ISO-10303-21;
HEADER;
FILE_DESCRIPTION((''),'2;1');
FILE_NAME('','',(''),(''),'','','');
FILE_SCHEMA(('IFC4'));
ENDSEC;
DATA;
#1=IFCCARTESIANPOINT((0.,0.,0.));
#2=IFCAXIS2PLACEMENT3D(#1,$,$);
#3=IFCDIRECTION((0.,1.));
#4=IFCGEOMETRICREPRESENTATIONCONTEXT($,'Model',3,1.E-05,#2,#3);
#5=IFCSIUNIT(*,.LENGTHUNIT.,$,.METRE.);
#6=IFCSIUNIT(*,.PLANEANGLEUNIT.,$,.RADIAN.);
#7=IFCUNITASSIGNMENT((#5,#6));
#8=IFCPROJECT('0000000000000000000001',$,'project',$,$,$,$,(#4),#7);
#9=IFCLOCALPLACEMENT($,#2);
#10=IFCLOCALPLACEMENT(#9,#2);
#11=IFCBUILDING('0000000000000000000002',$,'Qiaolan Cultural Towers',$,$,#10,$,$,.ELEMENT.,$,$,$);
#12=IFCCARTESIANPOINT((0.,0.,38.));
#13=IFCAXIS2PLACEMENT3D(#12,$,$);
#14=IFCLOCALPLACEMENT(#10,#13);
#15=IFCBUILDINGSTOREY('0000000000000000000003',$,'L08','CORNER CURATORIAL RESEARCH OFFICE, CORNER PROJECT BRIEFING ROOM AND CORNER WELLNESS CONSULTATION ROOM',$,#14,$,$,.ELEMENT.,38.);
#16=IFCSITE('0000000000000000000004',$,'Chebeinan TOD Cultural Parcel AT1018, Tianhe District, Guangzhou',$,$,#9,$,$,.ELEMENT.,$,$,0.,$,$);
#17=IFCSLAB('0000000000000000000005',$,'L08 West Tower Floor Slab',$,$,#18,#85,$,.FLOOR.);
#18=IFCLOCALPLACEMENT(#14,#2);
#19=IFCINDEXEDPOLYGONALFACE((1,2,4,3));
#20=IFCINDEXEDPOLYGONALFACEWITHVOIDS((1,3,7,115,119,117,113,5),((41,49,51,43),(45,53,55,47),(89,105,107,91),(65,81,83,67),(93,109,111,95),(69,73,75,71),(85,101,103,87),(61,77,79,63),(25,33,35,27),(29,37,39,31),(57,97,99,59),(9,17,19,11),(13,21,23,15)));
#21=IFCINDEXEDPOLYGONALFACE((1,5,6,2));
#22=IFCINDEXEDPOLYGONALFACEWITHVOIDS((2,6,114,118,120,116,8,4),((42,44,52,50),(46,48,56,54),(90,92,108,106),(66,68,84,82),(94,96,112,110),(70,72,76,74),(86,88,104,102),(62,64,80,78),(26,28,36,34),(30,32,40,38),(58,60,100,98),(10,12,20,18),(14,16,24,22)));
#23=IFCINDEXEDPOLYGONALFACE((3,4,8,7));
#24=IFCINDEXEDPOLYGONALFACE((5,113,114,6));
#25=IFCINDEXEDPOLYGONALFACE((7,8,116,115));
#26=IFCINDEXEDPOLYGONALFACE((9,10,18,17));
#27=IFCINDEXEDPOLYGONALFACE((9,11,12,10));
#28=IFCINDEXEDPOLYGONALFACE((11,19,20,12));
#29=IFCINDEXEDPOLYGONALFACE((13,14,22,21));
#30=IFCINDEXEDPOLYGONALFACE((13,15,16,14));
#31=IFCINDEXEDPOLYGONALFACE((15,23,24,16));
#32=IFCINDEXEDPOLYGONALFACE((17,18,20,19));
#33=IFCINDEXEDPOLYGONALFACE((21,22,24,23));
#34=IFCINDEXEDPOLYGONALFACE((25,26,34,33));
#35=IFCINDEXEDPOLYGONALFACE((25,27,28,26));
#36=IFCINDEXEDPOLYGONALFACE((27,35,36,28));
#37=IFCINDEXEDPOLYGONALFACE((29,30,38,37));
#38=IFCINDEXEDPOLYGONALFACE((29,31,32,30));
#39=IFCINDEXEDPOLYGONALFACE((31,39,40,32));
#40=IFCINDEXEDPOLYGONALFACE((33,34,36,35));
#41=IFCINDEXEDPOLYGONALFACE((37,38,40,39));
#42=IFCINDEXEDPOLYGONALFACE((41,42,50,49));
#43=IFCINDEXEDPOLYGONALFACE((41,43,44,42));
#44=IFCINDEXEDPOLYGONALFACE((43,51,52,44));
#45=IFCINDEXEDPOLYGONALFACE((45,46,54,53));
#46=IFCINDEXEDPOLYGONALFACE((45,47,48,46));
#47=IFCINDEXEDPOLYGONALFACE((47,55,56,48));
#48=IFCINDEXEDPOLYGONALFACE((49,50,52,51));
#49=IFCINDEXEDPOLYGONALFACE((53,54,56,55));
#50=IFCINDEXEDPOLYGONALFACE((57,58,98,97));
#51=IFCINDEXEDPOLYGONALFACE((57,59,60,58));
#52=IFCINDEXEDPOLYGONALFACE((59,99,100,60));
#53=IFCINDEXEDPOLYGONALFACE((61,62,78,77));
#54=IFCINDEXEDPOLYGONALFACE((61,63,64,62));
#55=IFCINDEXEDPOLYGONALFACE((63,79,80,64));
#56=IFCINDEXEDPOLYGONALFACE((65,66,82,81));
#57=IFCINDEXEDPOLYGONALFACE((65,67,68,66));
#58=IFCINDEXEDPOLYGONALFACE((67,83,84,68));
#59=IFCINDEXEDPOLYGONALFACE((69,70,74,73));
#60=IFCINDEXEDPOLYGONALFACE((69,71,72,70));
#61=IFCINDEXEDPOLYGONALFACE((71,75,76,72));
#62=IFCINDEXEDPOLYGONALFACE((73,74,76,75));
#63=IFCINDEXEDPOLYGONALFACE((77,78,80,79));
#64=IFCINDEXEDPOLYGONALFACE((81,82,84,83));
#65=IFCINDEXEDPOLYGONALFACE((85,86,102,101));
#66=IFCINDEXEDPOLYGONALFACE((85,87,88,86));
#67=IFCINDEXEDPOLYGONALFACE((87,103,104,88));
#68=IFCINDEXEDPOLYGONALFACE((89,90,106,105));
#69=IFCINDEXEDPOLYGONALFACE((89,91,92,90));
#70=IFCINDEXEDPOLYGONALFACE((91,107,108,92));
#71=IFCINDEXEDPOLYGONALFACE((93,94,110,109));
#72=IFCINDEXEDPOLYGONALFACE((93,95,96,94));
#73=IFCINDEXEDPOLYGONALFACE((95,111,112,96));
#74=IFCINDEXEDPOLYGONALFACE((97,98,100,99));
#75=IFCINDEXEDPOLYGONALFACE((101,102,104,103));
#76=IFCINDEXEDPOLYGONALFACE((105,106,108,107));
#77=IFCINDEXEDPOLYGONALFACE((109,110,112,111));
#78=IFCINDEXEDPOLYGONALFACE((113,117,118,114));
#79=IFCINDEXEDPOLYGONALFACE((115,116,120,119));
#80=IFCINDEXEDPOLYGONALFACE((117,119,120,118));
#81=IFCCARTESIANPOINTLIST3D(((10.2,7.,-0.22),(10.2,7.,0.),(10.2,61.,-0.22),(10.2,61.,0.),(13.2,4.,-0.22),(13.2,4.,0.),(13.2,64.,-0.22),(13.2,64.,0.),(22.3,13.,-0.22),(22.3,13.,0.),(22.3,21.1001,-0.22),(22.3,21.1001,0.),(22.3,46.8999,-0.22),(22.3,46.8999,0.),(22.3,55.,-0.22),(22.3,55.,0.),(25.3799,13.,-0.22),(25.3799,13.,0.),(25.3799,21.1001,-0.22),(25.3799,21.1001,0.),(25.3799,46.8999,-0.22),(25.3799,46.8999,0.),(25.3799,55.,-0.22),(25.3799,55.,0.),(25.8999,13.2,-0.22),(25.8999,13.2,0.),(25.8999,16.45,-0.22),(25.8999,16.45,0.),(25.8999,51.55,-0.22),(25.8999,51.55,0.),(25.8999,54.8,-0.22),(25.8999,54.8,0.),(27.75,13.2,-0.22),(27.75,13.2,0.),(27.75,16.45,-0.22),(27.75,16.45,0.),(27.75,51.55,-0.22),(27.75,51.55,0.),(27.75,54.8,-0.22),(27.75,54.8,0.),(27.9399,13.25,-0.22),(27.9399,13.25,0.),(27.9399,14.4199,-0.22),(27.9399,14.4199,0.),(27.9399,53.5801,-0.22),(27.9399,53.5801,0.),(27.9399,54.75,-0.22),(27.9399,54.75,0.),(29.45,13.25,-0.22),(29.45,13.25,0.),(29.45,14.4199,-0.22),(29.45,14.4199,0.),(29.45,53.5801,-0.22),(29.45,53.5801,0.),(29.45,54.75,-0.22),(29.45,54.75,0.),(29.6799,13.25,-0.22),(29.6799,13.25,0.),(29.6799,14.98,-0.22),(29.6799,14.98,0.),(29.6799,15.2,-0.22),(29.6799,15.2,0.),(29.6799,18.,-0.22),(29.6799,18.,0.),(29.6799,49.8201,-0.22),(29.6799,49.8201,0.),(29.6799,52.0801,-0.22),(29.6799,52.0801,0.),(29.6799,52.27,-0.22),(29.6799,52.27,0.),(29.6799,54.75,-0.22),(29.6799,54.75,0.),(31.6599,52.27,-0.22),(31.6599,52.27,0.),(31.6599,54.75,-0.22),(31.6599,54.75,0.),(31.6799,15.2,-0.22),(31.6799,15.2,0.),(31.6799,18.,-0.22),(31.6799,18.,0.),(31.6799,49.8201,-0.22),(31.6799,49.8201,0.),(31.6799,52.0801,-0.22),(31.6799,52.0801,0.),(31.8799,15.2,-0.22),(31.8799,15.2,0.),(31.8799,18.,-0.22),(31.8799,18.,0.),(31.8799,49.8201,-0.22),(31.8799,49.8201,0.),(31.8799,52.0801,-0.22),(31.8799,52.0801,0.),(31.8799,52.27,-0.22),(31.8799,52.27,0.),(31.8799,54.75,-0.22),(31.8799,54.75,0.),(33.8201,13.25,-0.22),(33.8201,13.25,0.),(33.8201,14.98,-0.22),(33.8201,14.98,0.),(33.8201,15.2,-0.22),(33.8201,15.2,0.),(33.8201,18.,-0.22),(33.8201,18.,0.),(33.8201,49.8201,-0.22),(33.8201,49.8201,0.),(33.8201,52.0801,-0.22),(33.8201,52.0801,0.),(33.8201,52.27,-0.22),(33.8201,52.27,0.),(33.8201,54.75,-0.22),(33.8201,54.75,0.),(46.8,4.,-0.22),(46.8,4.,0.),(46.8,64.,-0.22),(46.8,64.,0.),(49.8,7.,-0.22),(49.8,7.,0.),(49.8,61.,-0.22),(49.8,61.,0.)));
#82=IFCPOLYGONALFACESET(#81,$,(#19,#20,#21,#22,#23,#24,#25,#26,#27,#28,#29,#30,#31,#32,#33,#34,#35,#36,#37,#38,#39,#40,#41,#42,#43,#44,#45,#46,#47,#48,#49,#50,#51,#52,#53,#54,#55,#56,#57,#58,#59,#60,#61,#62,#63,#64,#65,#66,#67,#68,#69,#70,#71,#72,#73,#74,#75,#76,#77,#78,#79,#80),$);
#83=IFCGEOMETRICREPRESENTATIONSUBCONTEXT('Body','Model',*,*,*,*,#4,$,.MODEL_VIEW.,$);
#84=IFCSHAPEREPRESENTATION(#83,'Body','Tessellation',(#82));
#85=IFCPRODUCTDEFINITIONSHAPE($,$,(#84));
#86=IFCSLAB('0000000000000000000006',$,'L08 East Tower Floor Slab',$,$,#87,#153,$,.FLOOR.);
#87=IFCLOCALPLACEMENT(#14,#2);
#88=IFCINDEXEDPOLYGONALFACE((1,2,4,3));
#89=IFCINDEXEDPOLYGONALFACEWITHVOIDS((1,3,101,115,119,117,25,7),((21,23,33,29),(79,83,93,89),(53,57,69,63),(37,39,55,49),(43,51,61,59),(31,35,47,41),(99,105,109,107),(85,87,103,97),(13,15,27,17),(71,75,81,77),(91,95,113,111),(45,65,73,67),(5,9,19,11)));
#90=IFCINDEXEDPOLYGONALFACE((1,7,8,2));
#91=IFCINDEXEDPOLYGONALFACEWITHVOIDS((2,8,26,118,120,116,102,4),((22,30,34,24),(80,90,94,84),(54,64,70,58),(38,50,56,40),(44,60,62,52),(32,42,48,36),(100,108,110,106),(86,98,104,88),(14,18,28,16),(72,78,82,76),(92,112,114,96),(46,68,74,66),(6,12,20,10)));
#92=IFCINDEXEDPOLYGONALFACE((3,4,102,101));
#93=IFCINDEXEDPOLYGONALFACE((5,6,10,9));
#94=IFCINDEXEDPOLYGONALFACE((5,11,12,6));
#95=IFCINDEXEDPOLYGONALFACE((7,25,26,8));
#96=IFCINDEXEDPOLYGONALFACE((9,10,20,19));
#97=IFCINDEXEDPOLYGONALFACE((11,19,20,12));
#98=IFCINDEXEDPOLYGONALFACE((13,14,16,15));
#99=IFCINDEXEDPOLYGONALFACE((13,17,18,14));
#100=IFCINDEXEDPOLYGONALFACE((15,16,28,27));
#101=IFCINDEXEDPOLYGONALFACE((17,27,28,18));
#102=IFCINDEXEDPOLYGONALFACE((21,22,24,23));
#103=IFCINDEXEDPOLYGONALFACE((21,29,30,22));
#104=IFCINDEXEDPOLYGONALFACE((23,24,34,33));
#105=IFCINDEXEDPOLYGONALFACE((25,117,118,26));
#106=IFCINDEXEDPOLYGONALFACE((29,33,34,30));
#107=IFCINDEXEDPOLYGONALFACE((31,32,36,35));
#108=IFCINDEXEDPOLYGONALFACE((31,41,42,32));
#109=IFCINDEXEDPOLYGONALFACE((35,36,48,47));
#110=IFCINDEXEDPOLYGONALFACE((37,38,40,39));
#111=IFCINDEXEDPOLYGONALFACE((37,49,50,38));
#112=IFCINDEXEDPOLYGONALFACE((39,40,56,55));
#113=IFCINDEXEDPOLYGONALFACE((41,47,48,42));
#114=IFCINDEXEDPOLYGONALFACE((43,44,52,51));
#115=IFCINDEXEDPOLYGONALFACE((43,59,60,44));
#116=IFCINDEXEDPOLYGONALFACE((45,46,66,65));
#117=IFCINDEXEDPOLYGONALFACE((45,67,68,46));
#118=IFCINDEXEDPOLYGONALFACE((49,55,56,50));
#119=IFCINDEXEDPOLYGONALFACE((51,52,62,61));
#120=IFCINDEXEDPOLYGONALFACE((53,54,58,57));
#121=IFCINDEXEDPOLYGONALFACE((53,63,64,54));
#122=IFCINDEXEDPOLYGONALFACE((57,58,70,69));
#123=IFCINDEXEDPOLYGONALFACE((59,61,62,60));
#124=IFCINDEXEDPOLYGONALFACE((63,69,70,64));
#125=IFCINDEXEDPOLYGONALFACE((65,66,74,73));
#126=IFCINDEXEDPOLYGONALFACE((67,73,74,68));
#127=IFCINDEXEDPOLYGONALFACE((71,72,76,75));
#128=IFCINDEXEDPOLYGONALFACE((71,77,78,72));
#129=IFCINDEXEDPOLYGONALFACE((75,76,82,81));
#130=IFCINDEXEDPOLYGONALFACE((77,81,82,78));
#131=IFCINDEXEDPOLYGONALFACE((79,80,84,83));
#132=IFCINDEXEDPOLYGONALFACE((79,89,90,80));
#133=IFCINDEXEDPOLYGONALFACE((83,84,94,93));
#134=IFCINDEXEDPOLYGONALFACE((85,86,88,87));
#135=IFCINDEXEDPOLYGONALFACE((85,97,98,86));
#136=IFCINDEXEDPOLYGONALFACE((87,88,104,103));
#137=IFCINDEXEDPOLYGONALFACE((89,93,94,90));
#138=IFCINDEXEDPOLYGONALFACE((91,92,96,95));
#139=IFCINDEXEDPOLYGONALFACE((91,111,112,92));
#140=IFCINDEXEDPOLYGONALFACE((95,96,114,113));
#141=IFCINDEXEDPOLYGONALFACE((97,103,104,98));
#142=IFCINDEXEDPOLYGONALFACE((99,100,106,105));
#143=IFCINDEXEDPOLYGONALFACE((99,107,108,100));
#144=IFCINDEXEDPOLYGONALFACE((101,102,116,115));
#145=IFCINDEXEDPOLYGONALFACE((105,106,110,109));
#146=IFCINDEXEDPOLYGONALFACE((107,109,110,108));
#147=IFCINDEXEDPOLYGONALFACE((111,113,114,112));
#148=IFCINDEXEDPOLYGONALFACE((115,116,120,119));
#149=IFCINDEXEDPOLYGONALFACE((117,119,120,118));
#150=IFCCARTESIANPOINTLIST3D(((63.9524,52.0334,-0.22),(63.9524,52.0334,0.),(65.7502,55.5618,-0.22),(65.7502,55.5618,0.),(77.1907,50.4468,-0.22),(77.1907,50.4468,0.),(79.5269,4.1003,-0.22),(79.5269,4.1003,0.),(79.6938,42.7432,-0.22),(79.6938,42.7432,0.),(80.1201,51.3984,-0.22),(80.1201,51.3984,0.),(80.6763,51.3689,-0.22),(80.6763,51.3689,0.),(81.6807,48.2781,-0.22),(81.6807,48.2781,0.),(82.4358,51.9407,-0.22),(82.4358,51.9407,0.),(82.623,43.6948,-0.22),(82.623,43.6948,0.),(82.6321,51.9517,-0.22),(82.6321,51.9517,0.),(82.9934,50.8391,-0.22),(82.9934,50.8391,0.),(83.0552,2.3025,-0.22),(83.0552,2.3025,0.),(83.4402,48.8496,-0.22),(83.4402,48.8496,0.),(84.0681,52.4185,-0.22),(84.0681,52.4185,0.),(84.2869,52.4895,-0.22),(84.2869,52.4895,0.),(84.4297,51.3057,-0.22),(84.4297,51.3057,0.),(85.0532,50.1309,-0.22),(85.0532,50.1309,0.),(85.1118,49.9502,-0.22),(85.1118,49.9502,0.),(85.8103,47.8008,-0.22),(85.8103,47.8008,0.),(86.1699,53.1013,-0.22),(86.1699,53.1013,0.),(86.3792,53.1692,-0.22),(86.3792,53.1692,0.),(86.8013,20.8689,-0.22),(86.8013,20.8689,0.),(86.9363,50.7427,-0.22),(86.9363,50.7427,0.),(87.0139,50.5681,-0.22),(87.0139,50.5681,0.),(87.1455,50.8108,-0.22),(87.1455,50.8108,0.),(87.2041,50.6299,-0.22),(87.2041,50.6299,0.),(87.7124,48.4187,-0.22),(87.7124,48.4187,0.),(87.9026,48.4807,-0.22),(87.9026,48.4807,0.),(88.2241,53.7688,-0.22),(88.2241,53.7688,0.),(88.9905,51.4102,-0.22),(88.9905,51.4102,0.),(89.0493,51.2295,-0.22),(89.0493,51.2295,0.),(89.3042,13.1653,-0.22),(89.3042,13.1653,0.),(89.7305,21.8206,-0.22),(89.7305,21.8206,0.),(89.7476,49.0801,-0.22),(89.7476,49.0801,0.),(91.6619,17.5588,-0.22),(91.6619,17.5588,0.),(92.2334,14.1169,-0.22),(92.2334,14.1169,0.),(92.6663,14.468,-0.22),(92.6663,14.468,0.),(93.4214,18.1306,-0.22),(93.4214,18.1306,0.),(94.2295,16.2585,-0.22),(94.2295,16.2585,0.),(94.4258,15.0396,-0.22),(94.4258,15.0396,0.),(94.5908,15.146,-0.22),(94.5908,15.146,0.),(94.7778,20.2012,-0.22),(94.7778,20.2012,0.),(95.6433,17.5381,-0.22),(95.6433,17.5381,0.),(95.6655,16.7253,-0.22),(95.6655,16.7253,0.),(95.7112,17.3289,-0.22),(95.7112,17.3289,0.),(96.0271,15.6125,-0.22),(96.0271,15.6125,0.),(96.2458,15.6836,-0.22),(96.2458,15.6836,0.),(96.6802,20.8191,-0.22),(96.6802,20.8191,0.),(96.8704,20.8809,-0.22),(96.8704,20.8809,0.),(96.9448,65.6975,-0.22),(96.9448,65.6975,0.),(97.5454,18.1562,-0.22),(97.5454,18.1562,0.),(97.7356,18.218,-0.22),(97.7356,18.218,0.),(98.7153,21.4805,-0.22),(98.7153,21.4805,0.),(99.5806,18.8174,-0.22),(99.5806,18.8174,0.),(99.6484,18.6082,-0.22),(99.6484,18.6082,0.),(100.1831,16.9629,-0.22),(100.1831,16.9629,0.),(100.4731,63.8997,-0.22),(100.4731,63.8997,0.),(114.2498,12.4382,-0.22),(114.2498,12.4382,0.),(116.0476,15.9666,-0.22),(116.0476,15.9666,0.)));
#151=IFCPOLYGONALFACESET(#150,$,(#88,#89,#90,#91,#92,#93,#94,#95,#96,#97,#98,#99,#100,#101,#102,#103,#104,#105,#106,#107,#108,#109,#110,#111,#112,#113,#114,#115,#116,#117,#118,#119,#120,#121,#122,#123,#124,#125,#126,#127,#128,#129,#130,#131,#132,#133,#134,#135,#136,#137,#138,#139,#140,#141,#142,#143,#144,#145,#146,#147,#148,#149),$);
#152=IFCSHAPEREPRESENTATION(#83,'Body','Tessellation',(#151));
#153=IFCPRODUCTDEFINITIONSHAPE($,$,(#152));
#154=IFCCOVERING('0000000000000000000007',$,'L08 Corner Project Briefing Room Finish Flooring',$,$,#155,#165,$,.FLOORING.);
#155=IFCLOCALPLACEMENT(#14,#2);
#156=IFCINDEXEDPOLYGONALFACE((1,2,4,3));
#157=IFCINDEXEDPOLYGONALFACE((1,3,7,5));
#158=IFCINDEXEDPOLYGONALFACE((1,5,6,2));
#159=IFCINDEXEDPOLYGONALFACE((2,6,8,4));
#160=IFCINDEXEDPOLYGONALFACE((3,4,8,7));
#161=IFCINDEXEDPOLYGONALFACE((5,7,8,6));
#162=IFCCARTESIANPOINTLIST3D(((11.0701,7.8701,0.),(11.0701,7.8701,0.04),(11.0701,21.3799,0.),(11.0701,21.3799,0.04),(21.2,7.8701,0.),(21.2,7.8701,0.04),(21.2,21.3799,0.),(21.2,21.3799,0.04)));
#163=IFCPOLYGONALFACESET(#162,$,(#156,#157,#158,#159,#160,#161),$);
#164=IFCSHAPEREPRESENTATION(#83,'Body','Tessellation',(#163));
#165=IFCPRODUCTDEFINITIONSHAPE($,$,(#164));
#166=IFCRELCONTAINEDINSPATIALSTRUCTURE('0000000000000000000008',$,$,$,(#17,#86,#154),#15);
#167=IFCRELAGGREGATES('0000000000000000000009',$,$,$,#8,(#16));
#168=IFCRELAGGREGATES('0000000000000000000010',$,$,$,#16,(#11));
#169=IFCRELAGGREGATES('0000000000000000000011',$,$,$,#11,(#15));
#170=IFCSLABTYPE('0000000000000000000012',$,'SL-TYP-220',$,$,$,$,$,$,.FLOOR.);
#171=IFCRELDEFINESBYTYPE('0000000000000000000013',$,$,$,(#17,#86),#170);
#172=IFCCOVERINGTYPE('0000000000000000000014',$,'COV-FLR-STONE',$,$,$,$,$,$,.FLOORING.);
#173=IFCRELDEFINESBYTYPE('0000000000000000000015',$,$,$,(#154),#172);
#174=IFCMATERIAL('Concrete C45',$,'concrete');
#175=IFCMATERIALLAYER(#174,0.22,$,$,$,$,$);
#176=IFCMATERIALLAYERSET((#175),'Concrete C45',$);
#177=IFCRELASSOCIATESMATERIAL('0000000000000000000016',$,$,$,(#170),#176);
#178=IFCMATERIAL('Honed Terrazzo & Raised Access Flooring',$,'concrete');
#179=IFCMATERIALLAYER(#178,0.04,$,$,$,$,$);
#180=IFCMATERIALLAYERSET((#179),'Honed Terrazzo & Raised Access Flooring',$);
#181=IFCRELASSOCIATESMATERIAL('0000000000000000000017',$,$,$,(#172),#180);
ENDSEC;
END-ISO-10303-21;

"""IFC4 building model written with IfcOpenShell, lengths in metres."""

from ifc_helpers import new_model, si_unit, direction, frame, origin, place, context, subcontext, project, spatial, polyline, outline, extrude, material, layer, layer_set, type_object, element, save


model = new_model("IFC4")

# Units and contexts
model_context = context("Model", 3, precision=1e-05, world=origin(), true_north=direction((0.0, 1.0)))
body_context = subcontext(model_context, "Body", "Model", "MODEL_VIEW")
ifc_project = project(units=[si_unit("LENGTHUNIT", "METRE"), si_unit("PLANEANGLEUNIT", "RADIAN")], contexts=[model_context])

# Site, building, storey
site_placement = place(None, origin())
site = spatial("IfcSite", under=ifc_project, at=site_placement, Name="Chebeinan TOD Cultural Parcel AT1018, Tianhe District, Guangzhou", CompositionType="ELEMENT", RefElevation=0.0)
building_placement = place(site_placement, origin())
building = spatial("IfcBuilding", under=site, at=building_placement, Name="Qiaolan Cultural Towers", CompositionType="ELEMENT")
storey_placement = place(building_placement, frame((0.0, 0.0, 38.0)))
storey = spatial("IfcBuildingStorey", under=building, at=storey_placement, Name="L08", Description="CORNER CURATORIAL RESEARCH OFFICE, CORNER PROJECT BRIEFING ROOM AND CORNER WELLNESS CONSULTATION ROOM", CompositionType="ELEMENT", Elevation=38.0)

# Slabs
ifc_material_1 = material(Name="Concrete C45", Category="concrete")
ifc_layer_1 = layer(ifc_material_1, 0.22)
ifc_layer_set_1 = layer_set([ifc_layer_1], Name="Concrete C45")
slab_type_1 = type_object("IfcSlabType", Name="SL-TYP-220", PredefinedType="FLOOR", material=ifc_layer_set_1)
slab_1_placement = place(storey_placement, frame((0.0, 0.0, -0.22)))
element("IfcSlab", 1, at=slab_1_placement, inside=storey, type_object=slab_type_1, Name="L08 West Tower Floor Slab", PredefinedType="FLOOR", context=body_context, shape_type="SweptSolid", body=[
    extrude(outline(polyline([(13.2, 4.0), (46.8, 4.0), (49.8, 7.0), (49.8, 61.0), (46.8, 64.0), (13.2, 64.0), (10.2, 61.0), (10.2, 7.0), (13.2, 4.0)]), holes=[polyline([(22.3, 21.1001), (22.3, 13.0), (25.3799, 13.0), (25.3799, 21.1001), (22.3, 21.1001)]), polyline([(25.3799, 46.8999), (25.3799, 55.0), (22.3, 55.0), (22.3, 46.8999), (25.3799, 46.8999)]), polyline([(25.8999, 13.2), (27.75, 13.2), (27.75, 16.45), (25.8999, 16.45), (25.8999, 13.2)]), polyline([(27.9399, 13.25), (29.45, 13.25), (29.45, 14.4199), (27.9399, 14.4199), (27.9399, 13.25)]), polyline([(29.6799, 15.2), (31.6799, 15.2), (31.6799, 18.0), (29.6799, 18.0), (29.6799, 15.2)]), polyline([(31.8799, 15.2), (33.8201, 15.2), (33.8201, 18.0), (31.8799, 18.0), (31.8799, 15.2)]), polyline([(29.6799, 13.25), (33.8201, 13.25), (33.8201, 14.98), (29.6799, 14.98), (29.6799, 13.25)]), polyline([(25.8999, 51.55), (27.75, 51.55), (27.75, 54.8), (25.8999, 54.8), (25.8999, 51.55)]), polyline([(27.9399, 53.5801), (29.45, 53.5801), (29.45, 54.75), (27.9399, 54.75), (27.9399, 53.5801)]), polyline([(29.6799, 49.8201), (31.6799, 49.8201), (31.6799, 52.0801), (29.6799, 52.0801), (29.6799, 49.8201)]), polyline([(31.8799, 49.8201), (33.8201, 49.8201), (33.8201, 52.0801), (31.8799, 52.0801), (31.8799, 49.8201)]), polyline([(29.6799, 52.27), (31.6599, 52.27), (31.6599, 54.75), (29.6799, 54.75), (29.6799, 52.27)]), polyline([(31.8799, 52.27), (33.8201, 52.27), (33.8201, 54.75), (31.8799, 54.75), (31.8799, 52.27)])]), origin(), (0.0, 0.0, 1.0), 0.22),
])
slab_2_placement = place(storey_placement, frame((0.0, 0.0, -0.22)))
element("IfcSlab", 2, at=slab_2_placement, inside=storey, type_object=slab_type_1, Name="L08 East Tower Floor Slab", PredefinedType="FLOOR", context=body_context, shape_type="SweptSolid", body=[
    extrude(outline(polyline([(83.0552, 2.3025), (114.2498, 12.4382), (116.0476, 15.9666), (100.4731, 63.8997), (96.9448, 65.6975), (65.7502, 55.5618), (63.9524, 52.0334), (79.5269, 4.1003), (83.0552, 2.3025)]), holes=[polyline([(86.8013, 20.8689), (89.3042, 13.1653), (92.2334, 14.1169), (89.7305, 21.8206), (86.8013, 20.8689)]), polyline([(82.623, 43.6948), (80.1201, 51.3984), (77.1907, 50.4468), (79.6938, 42.7432), (82.623, 43.6948)]), polyline([(92.6663, 14.468), (94.4258, 15.0396), (93.4214, 18.1306), (91.6619, 17.5588), (92.6663, 14.468)]), polyline([(94.5908, 15.146), (96.0271, 15.6125), (95.6655, 16.7253), (94.2295, 16.2585), (94.5908, 15.146)]), polyline([(95.6433, 17.5381), (97.5454, 18.1562), (96.6802, 20.8191), (94.7778, 20.2012), (95.6433, 17.5381)]), polyline([(97.7356, 18.218), (99.5806, 18.8174), (98.7153, 21.4805), (96.8704, 20.8809), (97.7356, 18.218)]), polyline([(96.2458, 15.6836), (100.1831, 16.9629), (99.6484, 18.6082), (95.7112, 17.3289), (96.2458, 15.6836)]), polyline([(81.6807, 48.2781), (83.4402, 48.8496), (82.4358, 51.9407), (80.6763, 51.3689), (81.6807, 48.2781)]), polyline([(82.9934, 50.8391), (84.4297, 51.3057), (84.0681, 52.4185), (82.6321, 51.9517), (82.9934, 50.8391)]), polyline([(85.8103, 47.8008), (87.7124, 48.4187), (87.0139, 50.5681), (85.1118, 49.9502), (85.8103, 47.8008)]), polyline([(87.9026, 48.4807), (89.7476, 49.0801), (89.0493, 51.2295), (87.2041, 50.6299), (87.9026, 48.4807)]), polyline([(85.0532, 50.1309), (86.9363, 50.7427), (86.1699, 53.1013), (84.2869, 52.4895), (85.0532, 50.1309)]), polyline([(87.1455, 50.8108), (88.9905, 51.4102), (88.2241, 53.7688), (86.3792, 53.1692), (87.1455, 50.8108)])]), origin(), (0.0, 0.0, 1.0), 0.22),
])

# Covering
ifc_material_2 = material(Name="Honed Terrazzo & Raised Access Flooring", Category="concrete")
ifc_layer_2 = layer(ifc_material_2, 0.04)
ifc_layer_set_2 = layer_set([ifc_layer_2], Name="Honed Terrazzo & Raised Access Flooring")
covering_type = type_object("IfcCoveringType", Name="COV-FLR-STONE", PredefinedType="FLOORING", material=ifc_layer_set_2)
covering_1_placement = place(storey_placement, origin())
element("IfcCovering", 3, at=covering_1_placement, inside=storey, type_object=covering_type, Name="L08 Corner Project Briefing Room Finish Flooring", PredefinedType="FLOORING", context=body_context, shape_type="SweptSolid", body=[
    extrude(outline(polyline([(21.2, 7.8701), (21.2, 21.3799), (11.0701, 21.3799), (11.0701, 7.8701), (21.2, 7.8701)])), origin(), (0.0, 0.0, 1.0), 0.04),
])

save(model, "model.ifc")
